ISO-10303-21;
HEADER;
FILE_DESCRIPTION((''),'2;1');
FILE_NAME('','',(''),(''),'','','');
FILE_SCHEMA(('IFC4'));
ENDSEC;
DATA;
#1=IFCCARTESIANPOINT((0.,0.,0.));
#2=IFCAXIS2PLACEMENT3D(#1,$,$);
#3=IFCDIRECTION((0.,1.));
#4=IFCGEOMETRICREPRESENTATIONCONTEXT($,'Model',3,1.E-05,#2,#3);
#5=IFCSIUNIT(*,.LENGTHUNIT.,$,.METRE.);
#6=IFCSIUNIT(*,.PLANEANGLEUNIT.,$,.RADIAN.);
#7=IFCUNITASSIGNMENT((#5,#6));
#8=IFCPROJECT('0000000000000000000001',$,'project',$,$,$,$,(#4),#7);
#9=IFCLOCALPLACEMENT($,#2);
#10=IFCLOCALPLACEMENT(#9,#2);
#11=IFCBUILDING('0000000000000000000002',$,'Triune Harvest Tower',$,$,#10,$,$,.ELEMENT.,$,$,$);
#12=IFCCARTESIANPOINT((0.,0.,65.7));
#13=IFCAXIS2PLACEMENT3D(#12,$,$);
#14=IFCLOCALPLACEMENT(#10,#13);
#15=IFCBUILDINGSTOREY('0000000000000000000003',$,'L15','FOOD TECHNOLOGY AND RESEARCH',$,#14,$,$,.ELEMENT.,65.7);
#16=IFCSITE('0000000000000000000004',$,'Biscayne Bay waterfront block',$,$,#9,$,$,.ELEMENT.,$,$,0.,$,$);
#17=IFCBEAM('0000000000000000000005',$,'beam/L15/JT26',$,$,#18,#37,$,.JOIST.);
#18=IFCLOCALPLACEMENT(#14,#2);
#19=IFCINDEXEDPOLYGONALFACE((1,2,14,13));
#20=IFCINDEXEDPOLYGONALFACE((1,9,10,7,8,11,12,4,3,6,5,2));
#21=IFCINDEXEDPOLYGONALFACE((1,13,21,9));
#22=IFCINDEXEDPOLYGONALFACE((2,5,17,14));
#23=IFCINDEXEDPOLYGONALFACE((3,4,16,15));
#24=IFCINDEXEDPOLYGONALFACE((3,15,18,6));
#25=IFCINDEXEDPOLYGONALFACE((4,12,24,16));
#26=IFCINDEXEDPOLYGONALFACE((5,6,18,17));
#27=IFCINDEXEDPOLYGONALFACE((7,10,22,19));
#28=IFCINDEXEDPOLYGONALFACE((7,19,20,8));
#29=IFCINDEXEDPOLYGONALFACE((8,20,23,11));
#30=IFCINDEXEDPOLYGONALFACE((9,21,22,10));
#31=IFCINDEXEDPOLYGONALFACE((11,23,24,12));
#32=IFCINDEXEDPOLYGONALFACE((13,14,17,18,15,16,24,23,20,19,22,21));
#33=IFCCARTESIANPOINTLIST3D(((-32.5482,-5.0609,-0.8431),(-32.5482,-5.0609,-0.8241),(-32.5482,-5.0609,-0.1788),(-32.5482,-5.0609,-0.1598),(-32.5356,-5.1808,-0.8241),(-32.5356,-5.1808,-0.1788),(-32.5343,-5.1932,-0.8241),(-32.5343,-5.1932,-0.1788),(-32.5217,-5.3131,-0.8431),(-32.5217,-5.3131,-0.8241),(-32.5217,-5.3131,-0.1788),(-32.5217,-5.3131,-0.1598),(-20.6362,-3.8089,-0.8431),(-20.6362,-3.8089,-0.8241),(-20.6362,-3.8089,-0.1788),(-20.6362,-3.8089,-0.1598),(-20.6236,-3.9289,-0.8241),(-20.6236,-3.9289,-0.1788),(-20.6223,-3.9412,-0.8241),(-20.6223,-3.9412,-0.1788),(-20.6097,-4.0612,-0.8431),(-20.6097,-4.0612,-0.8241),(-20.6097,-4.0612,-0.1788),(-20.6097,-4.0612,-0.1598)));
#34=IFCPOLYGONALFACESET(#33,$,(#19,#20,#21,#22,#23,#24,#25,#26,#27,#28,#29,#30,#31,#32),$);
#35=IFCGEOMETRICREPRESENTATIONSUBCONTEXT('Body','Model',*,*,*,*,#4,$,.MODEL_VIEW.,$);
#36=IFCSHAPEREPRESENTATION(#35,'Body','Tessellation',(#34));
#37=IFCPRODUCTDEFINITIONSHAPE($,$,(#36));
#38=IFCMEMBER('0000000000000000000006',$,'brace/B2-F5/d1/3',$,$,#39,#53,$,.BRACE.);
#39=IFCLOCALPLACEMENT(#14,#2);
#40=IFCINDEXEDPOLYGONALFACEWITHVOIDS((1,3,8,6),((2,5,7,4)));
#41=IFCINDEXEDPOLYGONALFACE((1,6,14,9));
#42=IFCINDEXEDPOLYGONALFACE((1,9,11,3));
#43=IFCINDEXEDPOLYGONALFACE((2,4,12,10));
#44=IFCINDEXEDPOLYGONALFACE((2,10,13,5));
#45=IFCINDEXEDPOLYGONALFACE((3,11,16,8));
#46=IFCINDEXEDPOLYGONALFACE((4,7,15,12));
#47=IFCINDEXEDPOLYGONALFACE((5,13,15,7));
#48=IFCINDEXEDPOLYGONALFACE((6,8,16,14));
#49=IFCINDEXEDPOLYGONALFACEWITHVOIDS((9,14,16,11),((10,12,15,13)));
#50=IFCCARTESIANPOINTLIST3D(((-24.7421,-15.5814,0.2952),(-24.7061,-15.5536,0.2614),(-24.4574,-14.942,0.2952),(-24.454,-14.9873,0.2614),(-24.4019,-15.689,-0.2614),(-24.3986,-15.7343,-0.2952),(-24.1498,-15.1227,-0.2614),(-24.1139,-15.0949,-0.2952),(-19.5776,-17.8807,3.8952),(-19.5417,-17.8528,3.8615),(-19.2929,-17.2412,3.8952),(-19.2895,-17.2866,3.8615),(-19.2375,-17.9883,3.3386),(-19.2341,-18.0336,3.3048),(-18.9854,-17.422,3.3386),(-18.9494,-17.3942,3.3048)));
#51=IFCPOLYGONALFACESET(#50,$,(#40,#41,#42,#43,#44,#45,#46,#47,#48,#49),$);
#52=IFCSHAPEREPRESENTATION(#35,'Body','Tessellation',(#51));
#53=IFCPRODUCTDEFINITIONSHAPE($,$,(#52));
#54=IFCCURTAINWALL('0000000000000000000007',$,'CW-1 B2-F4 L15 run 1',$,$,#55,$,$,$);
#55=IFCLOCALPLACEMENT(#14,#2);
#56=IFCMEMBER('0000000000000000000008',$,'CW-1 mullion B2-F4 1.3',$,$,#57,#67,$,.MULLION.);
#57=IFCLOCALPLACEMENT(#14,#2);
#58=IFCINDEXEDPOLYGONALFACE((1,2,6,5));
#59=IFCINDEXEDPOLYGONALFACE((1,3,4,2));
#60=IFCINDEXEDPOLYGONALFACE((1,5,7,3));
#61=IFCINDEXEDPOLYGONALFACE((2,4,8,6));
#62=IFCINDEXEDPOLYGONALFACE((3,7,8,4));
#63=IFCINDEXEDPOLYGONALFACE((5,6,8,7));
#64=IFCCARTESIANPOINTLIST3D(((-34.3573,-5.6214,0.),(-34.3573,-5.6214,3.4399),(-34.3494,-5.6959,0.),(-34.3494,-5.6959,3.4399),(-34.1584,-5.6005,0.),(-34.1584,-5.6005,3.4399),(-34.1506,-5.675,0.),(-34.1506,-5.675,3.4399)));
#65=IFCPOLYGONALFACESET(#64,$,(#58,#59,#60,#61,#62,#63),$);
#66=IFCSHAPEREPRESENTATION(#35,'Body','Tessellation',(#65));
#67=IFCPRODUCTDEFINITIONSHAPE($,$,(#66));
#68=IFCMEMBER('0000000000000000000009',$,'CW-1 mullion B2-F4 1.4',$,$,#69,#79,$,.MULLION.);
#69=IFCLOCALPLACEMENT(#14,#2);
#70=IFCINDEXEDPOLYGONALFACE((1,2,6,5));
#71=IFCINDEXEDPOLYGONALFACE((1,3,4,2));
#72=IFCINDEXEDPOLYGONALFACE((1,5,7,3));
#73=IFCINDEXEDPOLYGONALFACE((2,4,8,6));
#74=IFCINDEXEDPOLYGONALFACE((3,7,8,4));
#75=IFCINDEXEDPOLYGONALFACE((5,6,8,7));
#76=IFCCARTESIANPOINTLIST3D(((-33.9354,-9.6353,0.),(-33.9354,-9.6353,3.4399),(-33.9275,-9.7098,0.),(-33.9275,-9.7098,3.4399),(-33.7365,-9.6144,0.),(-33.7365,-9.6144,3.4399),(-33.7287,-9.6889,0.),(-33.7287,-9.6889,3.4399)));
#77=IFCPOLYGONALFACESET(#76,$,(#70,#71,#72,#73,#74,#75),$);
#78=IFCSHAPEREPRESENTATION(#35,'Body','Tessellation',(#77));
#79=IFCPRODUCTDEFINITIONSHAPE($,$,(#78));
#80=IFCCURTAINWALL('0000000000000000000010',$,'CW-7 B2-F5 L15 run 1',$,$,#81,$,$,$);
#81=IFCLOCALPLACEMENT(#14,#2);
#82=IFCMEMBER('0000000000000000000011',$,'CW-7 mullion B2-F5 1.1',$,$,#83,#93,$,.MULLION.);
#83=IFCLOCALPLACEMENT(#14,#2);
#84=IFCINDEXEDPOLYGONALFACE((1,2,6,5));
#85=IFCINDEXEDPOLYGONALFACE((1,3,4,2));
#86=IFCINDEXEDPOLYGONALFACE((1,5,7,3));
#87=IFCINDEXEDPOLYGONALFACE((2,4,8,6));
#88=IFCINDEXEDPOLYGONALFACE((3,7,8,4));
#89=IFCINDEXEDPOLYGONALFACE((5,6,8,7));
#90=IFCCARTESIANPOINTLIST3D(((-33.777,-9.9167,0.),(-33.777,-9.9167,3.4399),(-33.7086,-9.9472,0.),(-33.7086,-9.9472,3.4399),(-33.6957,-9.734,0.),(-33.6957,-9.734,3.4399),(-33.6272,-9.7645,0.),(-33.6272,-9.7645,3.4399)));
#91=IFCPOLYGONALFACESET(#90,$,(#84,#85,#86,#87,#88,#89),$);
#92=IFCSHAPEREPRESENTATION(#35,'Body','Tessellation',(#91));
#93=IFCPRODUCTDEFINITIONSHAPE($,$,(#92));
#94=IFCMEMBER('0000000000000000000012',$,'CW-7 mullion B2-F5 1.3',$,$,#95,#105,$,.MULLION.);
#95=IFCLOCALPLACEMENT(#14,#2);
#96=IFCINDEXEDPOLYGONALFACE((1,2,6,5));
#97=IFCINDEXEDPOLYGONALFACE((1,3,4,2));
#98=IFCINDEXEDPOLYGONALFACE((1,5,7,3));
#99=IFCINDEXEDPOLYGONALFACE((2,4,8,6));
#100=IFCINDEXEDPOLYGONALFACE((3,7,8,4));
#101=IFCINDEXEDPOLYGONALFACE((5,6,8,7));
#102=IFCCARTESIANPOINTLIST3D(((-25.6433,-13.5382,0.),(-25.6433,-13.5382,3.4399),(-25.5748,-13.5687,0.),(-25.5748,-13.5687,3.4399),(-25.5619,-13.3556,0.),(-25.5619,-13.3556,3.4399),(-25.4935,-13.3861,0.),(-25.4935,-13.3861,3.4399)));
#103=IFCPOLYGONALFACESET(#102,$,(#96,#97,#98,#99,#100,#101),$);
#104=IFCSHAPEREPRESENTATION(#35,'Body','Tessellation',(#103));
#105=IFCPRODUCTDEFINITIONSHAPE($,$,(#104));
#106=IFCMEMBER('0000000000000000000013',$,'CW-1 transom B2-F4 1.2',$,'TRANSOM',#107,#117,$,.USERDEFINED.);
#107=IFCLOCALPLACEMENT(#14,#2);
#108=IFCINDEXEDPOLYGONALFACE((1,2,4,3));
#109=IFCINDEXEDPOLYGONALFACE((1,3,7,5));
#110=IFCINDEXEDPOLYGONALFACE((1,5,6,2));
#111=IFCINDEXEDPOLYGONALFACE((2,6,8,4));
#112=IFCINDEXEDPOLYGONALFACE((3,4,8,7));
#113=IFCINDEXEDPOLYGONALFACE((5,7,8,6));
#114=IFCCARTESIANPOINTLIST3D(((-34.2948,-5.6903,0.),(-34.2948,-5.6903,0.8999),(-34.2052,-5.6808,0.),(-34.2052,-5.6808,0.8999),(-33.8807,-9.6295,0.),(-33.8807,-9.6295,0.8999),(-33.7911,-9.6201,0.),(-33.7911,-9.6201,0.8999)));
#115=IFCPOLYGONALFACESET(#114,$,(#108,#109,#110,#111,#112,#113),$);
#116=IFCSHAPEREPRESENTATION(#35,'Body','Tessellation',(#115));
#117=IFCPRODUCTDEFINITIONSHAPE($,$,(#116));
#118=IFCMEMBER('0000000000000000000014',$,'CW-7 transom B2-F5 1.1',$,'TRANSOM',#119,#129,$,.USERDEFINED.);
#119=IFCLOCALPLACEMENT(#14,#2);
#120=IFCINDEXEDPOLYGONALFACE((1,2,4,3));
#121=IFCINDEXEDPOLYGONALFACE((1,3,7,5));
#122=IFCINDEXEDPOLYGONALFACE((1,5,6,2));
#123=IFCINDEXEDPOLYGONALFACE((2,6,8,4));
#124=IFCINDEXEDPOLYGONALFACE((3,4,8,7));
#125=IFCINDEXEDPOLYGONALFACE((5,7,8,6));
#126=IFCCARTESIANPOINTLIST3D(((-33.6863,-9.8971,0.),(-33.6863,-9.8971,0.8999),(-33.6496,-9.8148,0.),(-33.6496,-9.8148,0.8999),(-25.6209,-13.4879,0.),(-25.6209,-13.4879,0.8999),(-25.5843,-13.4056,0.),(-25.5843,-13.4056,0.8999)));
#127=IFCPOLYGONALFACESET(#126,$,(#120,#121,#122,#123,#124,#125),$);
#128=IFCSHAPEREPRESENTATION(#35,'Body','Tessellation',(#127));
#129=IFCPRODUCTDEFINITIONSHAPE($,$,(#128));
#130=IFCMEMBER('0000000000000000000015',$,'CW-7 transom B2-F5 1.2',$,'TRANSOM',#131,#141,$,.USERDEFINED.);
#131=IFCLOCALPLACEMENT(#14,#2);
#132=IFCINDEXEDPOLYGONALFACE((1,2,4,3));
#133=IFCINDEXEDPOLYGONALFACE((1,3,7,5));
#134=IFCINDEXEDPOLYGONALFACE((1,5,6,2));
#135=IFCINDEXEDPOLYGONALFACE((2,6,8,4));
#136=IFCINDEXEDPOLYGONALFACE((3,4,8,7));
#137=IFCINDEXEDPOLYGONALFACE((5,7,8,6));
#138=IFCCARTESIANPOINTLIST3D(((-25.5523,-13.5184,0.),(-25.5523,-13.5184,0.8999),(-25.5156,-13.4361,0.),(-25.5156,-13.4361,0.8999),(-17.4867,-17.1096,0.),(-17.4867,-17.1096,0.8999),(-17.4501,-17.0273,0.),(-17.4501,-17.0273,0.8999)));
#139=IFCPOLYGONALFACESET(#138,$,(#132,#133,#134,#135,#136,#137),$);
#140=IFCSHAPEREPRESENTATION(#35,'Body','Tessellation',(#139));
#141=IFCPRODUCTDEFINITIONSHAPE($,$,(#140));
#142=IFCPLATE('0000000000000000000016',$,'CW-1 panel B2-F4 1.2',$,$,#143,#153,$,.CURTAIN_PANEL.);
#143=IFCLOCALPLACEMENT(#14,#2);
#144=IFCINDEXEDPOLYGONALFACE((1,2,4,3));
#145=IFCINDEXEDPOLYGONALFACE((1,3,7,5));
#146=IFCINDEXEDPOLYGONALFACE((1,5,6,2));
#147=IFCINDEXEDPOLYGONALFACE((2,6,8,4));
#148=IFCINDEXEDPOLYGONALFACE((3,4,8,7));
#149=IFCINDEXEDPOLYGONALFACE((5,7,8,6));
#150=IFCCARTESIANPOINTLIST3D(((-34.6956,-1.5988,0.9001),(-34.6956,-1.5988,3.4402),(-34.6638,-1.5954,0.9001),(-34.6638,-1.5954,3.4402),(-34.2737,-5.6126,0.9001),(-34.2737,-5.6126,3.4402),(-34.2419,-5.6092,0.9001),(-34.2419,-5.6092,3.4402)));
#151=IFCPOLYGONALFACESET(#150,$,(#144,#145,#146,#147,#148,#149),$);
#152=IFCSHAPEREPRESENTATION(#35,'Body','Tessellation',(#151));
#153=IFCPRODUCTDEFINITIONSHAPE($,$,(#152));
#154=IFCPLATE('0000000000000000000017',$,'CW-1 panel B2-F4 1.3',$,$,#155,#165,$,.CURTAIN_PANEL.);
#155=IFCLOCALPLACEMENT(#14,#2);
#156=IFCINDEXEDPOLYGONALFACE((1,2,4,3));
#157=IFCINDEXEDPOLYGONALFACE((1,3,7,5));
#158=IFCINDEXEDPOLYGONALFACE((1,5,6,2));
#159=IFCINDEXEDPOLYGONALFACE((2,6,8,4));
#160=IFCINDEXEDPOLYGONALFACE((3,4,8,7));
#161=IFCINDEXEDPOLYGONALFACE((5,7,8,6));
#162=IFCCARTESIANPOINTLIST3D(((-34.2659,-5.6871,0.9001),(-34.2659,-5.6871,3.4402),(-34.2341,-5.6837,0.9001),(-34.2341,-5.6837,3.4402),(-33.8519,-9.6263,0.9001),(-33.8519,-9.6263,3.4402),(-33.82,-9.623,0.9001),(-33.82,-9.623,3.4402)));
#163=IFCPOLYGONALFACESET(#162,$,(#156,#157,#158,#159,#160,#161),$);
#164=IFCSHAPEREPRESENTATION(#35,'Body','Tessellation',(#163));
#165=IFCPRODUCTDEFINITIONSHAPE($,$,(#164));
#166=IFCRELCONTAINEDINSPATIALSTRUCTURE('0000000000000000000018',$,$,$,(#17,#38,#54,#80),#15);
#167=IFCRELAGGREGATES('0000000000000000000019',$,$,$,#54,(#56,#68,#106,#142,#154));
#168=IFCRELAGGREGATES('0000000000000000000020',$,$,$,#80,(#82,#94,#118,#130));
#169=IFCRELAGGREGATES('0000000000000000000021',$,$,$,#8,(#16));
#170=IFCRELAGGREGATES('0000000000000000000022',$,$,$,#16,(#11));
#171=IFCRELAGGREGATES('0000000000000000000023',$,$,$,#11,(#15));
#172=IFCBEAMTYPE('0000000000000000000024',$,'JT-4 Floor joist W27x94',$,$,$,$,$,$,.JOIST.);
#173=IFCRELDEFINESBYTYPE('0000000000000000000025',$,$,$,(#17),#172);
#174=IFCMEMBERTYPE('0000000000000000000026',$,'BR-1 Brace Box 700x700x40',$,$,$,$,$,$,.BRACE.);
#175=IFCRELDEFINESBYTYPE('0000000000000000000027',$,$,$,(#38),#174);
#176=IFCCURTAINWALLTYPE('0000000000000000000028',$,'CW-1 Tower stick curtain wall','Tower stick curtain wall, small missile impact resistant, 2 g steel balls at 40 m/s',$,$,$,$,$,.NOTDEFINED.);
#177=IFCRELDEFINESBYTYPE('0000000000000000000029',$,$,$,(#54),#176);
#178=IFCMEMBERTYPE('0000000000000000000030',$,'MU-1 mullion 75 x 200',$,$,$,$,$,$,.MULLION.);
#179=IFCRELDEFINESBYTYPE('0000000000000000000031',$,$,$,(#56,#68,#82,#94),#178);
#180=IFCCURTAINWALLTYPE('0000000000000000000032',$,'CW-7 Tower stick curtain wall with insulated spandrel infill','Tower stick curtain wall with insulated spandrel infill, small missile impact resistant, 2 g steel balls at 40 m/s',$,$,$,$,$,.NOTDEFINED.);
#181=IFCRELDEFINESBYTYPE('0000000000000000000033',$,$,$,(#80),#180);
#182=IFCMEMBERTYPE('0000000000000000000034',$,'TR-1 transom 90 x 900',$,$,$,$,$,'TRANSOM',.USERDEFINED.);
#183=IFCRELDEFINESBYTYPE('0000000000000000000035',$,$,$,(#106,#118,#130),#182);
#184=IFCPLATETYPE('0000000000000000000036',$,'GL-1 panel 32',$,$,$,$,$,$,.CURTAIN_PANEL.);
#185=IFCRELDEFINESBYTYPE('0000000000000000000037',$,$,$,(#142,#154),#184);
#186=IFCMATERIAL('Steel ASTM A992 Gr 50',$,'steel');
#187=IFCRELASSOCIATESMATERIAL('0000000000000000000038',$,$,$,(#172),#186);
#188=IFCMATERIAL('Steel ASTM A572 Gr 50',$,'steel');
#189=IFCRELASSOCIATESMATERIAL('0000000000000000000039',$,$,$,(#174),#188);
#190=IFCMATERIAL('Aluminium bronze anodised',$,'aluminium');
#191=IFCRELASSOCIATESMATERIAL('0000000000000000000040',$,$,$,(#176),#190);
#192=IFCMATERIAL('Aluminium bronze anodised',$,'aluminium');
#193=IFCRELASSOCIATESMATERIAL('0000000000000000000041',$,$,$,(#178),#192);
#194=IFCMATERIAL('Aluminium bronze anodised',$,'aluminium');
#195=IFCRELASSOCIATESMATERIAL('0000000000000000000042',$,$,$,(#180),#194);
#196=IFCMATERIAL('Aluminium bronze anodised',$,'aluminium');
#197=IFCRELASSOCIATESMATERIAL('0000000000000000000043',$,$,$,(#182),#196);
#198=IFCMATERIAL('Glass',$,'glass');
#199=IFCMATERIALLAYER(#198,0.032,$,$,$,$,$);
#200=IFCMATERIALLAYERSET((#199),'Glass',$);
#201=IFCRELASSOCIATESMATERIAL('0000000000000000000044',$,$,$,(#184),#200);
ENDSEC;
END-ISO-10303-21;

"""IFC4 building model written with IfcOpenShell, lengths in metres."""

from ifc_helpers import new_model, si_unit, direction, frame, origin, origin_2d, place, context, subcontext, project, spatial, rectangle, hollow_rectangle, i_section, extrude, source, transform, mapped, material, layer, layer_set, material_profile, profile_set, type_object, element, aggregate, save


model = new_model("IFC4")

# Units and contexts
model_context = context("Model", 3, precision=1e-05, world=origin(), true_north=direction((0.0, 1.0)))
body_context = subcontext(model_context, "Body", "Model", "MODEL_VIEW")
ifc_project = project(units=[si_unit("LENGTHUNIT", "METRE"), si_unit("PLANEANGLEUNIT", "RADIAN")], contexts=[model_context])

# Site, building, storey
site_placement = place(None, origin())
site = spatial("IfcSite", under=ifc_project, at=site_placement, Name="Biscayne Bay waterfront block", CompositionType="ELEMENT", RefElevation=0.0)
building_placement = place(site_placement, origin())
building = spatial("IfcBuilding", under=site, at=building_placement, Name="Triune Harvest Tower", CompositionType="ELEMENT")
storey_placement = place(building_placement, frame((0.0, 0.0, 65.7)))
storey = spatial("IfcBuildingStorey", under=building, at=storey_placement, Name="L15", Description="FOOD TECHNOLOGY AND RESEARCH", CompositionType="ELEMENT", Elevation=65.7)

# Beam
ifc_material_1 = material(Name="Steel ASTM A992 Gr 50", Category="steel")
ifc_material_profile_1 = material_profile(ifc_material_1, i_section(OverallWidth=0.2537, OverallDepth=0.6833, WebThickness=0.0125, FlangeThickness=0.019, at=origin_2d()), Name="W27x94")
ifc_profile_set_1 = profile_set([ifc_material_profile_1], Name="Steel ASTM A992 Gr 50")
beam_type_1 = type_object("IfcBeamType", Name="JT-4 Floor joist W27x94", PredefinedType="JOIST", material=ifc_profile_set_1)
shared_shape_1 = source(origin(), body_context, "Body", "SweptSolid", [
    extrude(i_section(OverallWidth=0.2537, OverallDepth=0.6833, WebThickness=0.0125, FlangeThickness=0.019, at=origin_2d()), origin(), (0.0, 0.0, 1.0), 11.9775),
])
beam_1_placement = place(storey_placement, frame((-32.5349, -5.187, -0.5015), z_axis=(0.994522, 0.104526, 0.0), x_axis=(-0.104526, 0.994522, 0.0)))
element("IfcBeam", 1, at=beam_1_placement, inside=storey, type_object=beam_type_1, Name="beam/L15/JT26", PredefinedType="JOIST", context=body_context, shape_type="MappedRepresentation", body=[
    mapped(shared_shape_1, transform((0.0, 0.0, 0.0), scale=1.0)),
])

# Member
ifc_material_2 = material(Name="Steel ASTM A572 Gr 50", Category="steel")
ifc_material_profile_2 = material_profile(ifc_material_2, hollow_rectangle(XDim=0.7, YDim=0.7, WallThickness=0.04, at=origin_2d()), Name="Box 700x700x40")
ifc_profile_set_2 = profile_set([ifc_material_profile_2], Name="Steel ASTM A572 Gr 50")
member_type_1 = type_object("IfcMemberType", Name="BR-1 Brace Box 700x700x40", PredefinedType="BRACE", material=ifc_profile_set_2)
shared_shape_2 = source(origin(), body_context, "Body", "SweptSolid", [
    extrude(hollow_rectangle(XDim=0.7, YDim=0.7, WallThickness=0.04, at=origin_2d()), origin(), (0.0, 0.0, 1.0), 6.7021),
])
member_1_placement = place(storey_placement, frame((-24.428, -15.3381, 0.0), z_axis=(0.77057, -0.343066, 0.537148), x_axis=(0.406723, 0.913551, 0.0)))
element("IfcMember", 2, at=member_1_placement, inside=storey, type_object=member_type_1, Name="brace/B2-F5/d1/3", PredefinedType="BRACE", context=body_context, shape_type="MappedRepresentation", body=[
    mapped(shared_shape_2, transform((0.0, 0.0, 0.0), scale=1.0)),
])

# Curtain walls, members
ifc_material_3 = material(Name="Aluminium bronze anodised", Category="aluminium")
curtain_wall_type_1 = type_object("IfcCurtainWallType", Name="CW-1 Tower stick curtain wall", Description="Tower stick curtain wall, small missile impact resistant, 2 g steel balls at 40 m/s", PredefinedType="NOTDEFINED", material=ifc_material_3)
curtain_wall_1_placement = place(storey_placement, origin())
curtain_wall_1 = element("IfcCurtainWall", 3, at=curtain_wall_1_placement, inside=storey, type_object=curtain_wall_type_1, Name="CW-1 B2-F4 L15 run 1")
ifc_material_4 = material(Name="Aluminium bronze anodised", Category="aluminium")
ifc_material_profile_3 = material_profile(ifc_material_4, rectangle(XDim=0.2, YDim=0.075, at=origin_2d()), Name="MU-1 mullion 75 x 200")
ifc_profile_set_3 = profile_set([ifc_material_profile_3], Name="Aluminium bronze anodised")
member_type_2 = type_object("IfcMemberType", Name="MU-1 mullion 75 x 200", PredefinedType="MULLION", material=ifc_profile_set_3)
shared_shape_3 = source(origin(), body_context, "Body", "SweptSolid", [
    extrude(rectangle(XDim=0.2, YDim=0.075, at=origin_2d()), origin(), (0.0, 0.0, 1.0), 3.4399),
])
member_2_placement = place(storey_placement, frame((-34.2539, -5.6482, 0.0), z_axis=(0.0, 0.0, 1.0), x_axis=(0.994522, 0.104529, 0.0)))
member_2 = element("IfcMember", 4, at=member_2_placement, type_object=member_type_2, Name="CW-1 mullion B2-F4 1.3", PredefinedType="MULLION", context=body_context, shape_type="MappedRepresentation", body=[
    mapped(shared_shape_3, transform((0.0, 0.0, 0.0), scale=1.0)),
])
member_3_placement = place(storey_placement, frame((-33.832, -9.6621, 0.0), z_axis=(0.0, 0.0, 1.0), x_axis=(0.994522, 0.104529, 0.0)))
member_3 = element("IfcMember", 5, at=member_3_placement, type_object=member_type_2, Name="CW-1 mullion B2-F4 1.4", PredefinedType="MULLION", context=body_context, shape_type="MappedRepresentation", body=[
    mapped(shared_shape_3, transform((0.0, 0.0, 0.0), scale=1.0)),
])
ifc_material_5 = material(Name="Aluminium bronze anodised", Category="aluminium")
curtain_wall_type_2 = type_object("IfcCurtainWallType", Name="CW-7 Tower stick curtain wall with insulated spandrel infill", Description="Tower stick curtain wall with insulated spandrel infill, small missile impact resistant, 2 g steel balls at 40 m/s", PredefinedType="NOTDEFINED", material=ifc_material_5)
curtain_wall_2_placement = place(storey_placement, origin())
curtain_wall_2 = element("IfcCurtainWall", 6, at=curtain_wall_2_placement, inside=storey, type_object=curtain_wall_type_2, Name="CW-7 B2-F5 L15 run 1")
member_4_placement = place(storey_placement, frame((-33.7021, -9.8406, 0.0), z_axis=(0.0, 0.0, 1.0), x_axis=(0.406737, 0.913545, 0.0)))
member_4 = element("IfcMember", 7, at=member_4_placement, type_object=member_type_2, Name="CW-7 mullion B2-F5 1.1", PredefinedType="MULLION", context=body_context, shape_type="MappedRepresentation", body=[
    mapped(shared_shape_3, transform((0.0, 0.0, 0.0), scale=1.0)),
])
member_5_placement = place(storey_placement, frame((-25.5684, -13.4622, 0.0), z_axis=(0.0, 0.0, 1.0), x_axis=(0.406737, 0.913545, 0.0)))
member_5 = element("IfcMember", 8, at=member_5_placement, type_object=member_type_2, Name="CW-7 mullion B2-F5 1.3", PredefinedType="MULLION", context=body_context, shape_type="MappedRepresentation", body=[
    mapped(shared_shape_3, transform((0.0, 0.0, 0.0), scale=1.0)),
])

# Members
ifc_material_6 = material(Name="Aluminium bronze anodised", Category="aluminium")
ifc_material_profile_4 = material_profile(ifc_material_6, rectangle(XDim=0.0901, YDim=0.8999, at=origin_2d()), Name="TR-1 transom 90 x 900")
ifc_profile_set_4 = profile_set([ifc_material_profile_4], Name="Aluminium bronze anodised")
member_type_3 = type_object("IfcMemberType", Name="TR-1 transom 90 x 900", ElementType="TRANSOM", PredefinedType="USERDEFINED", material=ifc_profile_set_4)
shared_shape_4 = source(origin(), body_context, "Body", "SweptSolid", [
    extrude(rectangle(XDim=0.0901, YDim=0.8999, at=origin_2d()), origin(), (0.0, 0.0, 1.0), 3.9609),
])
member_6_placement = place(storey_placement, frame((-34.25, -5.6855, 0.45), z_axis=(0.104537, -0.994521, 0.0), x_axis=(0.994521, 0.104537, 0.0)))
member_6 = element("IfcMember", 9, at=member_6_placement, type_object=member_type_3, Name="CW-1 transom B2-F4 1.2", ObjectType="TRANSOM", PredefinedType="USERDEFINED", context=body_context, shape_type="MappedRepresentation", body=[
    mapped(shared_shape_4, transform((0.0, 0.0, 0.0), scale=1.0)),
])
shared_shape_5 = source(origin(), body_context, "Body", "SweptSolid", [
    extrude(rectangle(XDim=0.0901, YDim=0.8999, at=origin_2d()), origin(), (0.0, 0.0, 1.0), 8.8286),
])
member_7_placement = place(storey_placement, frame((-33.668, -9.856, 0.45), z_axis=(0.913551, -0.406723, 0.0), x_axis=(0.406723, 0.913551, 0.0)))
member_7 = element("IfcMember", 10, at=member_7_placement, type_object=member_type_3, Name="CW-7 transom B2-F5 1.1", ObjectType="TRANSOM", PredefinedType="USERDEFINED", context=body_context, shape_type="MappedRepresentation", body=[
    mapped(shared_shape_5, transform((0.0, 0.0, 0.0), scale=1.0)),
])
shared_shape_6 = source(origin(), body_context, "Body", "SweptSolid", [
    extrude(rectangle(XDim=0.0901, YDim=0.8999, at=origin_2d()), origin(), (0.0, 0.0, 1.0), 8.8289),
])
member_8_placement = place(storey_placement, frame((-25.5339, -13.4773, 0.45), z_axis=(0.913541, -0.406746, 0.0), x_axis=(0.406746, 0.913541, 0.0)))
member_8 = element("IfcMember", 11, at=member_8_placement, type_object=member_type_3, Name="CW-7 transom B2-F5 1.2", ObjectType="TRANSOM", PredefinedType="USERDEFINED", context=body_context, shape_type="MappedRepresentation", body=[
    mapped(shared_shape_6, transform((0.0, 0.0, 0.0), scale=1.0)),
])

# Plates
ifc_material_7 = material(Name="Glass", Category="glass")
ifc_layer_1 = layer(ifc_material_7, 0.032)
ifc_layer_set_1 = layer_set([ifc_layer_1], Name="Glass")
plate_type_1 = type_object("IfcPlateType", Name="GL-1 panel 32", PredefinedType="CURTAIN_PANEL", material=ifc_layer_set_1)
shared_shape_7 = source(origin(), body_context, "Body", "SweptSolid", [
    extrude(rectangle(XDim=4.0359, YDim=0.032, at=origin_2d()), origin(), (0.0, 0.0, 1.0), 2.54),
])
plate_1_placement = place(storey_placement, frame((-34.4688, -3.604, 0.9001), z_axis=(0.0, 0.0, 1.0), x_axis=(0.104529, -0.994522, 0.0)))
plate_1 = element("IfcPlate", 12, at=plate_1_placement, type_object=plate_type_1, Name="CW-1 panel B2-F4 1.2", PredefinedType="CURTAIN_PANEL", context=body_context, shape_type="MappedRepresentation", body=[
    mapped(shared_shape_7, transform((0.0, 0.0, 0.0), scale=1.0)),
])
shared_shape_8 = source(origin(), body_context, "Body", "SweptSolid", [
    extrude(rectangle(XDim=3.9609, YDim=0.032, at=origin_2d()), origin(), (0.0, 0.0, 1.0), 2.54),
])
plate_2_placement = place(storey_placement, frame((-34.043, -7.655, 0.9001), z_axis=(0.0, 0.0, 1.0), x_axis=(0.104529, -0.994522, 0.0)))
plate_2 = element("IfcPlate", 13, at=plate_2_placement, type_object=plate_type_1, Name="CW-1 panel B2-F4 1.3", PredefinedType="CURTAIN_PANEL", context=body_context, shape_type="MappedRepresentation", body=[
    mapped(shared_shape_8, transform((0.0, 0.0, 0.0), scale=1.0)),
])
aggregate(curtain_wall_1, [member_2, member_3, member_6, plate_1, plate_2])
aggregate(curtain_wall_2, [member_4, member_5, member_7, member_8])

save(model, "model.ifc")
